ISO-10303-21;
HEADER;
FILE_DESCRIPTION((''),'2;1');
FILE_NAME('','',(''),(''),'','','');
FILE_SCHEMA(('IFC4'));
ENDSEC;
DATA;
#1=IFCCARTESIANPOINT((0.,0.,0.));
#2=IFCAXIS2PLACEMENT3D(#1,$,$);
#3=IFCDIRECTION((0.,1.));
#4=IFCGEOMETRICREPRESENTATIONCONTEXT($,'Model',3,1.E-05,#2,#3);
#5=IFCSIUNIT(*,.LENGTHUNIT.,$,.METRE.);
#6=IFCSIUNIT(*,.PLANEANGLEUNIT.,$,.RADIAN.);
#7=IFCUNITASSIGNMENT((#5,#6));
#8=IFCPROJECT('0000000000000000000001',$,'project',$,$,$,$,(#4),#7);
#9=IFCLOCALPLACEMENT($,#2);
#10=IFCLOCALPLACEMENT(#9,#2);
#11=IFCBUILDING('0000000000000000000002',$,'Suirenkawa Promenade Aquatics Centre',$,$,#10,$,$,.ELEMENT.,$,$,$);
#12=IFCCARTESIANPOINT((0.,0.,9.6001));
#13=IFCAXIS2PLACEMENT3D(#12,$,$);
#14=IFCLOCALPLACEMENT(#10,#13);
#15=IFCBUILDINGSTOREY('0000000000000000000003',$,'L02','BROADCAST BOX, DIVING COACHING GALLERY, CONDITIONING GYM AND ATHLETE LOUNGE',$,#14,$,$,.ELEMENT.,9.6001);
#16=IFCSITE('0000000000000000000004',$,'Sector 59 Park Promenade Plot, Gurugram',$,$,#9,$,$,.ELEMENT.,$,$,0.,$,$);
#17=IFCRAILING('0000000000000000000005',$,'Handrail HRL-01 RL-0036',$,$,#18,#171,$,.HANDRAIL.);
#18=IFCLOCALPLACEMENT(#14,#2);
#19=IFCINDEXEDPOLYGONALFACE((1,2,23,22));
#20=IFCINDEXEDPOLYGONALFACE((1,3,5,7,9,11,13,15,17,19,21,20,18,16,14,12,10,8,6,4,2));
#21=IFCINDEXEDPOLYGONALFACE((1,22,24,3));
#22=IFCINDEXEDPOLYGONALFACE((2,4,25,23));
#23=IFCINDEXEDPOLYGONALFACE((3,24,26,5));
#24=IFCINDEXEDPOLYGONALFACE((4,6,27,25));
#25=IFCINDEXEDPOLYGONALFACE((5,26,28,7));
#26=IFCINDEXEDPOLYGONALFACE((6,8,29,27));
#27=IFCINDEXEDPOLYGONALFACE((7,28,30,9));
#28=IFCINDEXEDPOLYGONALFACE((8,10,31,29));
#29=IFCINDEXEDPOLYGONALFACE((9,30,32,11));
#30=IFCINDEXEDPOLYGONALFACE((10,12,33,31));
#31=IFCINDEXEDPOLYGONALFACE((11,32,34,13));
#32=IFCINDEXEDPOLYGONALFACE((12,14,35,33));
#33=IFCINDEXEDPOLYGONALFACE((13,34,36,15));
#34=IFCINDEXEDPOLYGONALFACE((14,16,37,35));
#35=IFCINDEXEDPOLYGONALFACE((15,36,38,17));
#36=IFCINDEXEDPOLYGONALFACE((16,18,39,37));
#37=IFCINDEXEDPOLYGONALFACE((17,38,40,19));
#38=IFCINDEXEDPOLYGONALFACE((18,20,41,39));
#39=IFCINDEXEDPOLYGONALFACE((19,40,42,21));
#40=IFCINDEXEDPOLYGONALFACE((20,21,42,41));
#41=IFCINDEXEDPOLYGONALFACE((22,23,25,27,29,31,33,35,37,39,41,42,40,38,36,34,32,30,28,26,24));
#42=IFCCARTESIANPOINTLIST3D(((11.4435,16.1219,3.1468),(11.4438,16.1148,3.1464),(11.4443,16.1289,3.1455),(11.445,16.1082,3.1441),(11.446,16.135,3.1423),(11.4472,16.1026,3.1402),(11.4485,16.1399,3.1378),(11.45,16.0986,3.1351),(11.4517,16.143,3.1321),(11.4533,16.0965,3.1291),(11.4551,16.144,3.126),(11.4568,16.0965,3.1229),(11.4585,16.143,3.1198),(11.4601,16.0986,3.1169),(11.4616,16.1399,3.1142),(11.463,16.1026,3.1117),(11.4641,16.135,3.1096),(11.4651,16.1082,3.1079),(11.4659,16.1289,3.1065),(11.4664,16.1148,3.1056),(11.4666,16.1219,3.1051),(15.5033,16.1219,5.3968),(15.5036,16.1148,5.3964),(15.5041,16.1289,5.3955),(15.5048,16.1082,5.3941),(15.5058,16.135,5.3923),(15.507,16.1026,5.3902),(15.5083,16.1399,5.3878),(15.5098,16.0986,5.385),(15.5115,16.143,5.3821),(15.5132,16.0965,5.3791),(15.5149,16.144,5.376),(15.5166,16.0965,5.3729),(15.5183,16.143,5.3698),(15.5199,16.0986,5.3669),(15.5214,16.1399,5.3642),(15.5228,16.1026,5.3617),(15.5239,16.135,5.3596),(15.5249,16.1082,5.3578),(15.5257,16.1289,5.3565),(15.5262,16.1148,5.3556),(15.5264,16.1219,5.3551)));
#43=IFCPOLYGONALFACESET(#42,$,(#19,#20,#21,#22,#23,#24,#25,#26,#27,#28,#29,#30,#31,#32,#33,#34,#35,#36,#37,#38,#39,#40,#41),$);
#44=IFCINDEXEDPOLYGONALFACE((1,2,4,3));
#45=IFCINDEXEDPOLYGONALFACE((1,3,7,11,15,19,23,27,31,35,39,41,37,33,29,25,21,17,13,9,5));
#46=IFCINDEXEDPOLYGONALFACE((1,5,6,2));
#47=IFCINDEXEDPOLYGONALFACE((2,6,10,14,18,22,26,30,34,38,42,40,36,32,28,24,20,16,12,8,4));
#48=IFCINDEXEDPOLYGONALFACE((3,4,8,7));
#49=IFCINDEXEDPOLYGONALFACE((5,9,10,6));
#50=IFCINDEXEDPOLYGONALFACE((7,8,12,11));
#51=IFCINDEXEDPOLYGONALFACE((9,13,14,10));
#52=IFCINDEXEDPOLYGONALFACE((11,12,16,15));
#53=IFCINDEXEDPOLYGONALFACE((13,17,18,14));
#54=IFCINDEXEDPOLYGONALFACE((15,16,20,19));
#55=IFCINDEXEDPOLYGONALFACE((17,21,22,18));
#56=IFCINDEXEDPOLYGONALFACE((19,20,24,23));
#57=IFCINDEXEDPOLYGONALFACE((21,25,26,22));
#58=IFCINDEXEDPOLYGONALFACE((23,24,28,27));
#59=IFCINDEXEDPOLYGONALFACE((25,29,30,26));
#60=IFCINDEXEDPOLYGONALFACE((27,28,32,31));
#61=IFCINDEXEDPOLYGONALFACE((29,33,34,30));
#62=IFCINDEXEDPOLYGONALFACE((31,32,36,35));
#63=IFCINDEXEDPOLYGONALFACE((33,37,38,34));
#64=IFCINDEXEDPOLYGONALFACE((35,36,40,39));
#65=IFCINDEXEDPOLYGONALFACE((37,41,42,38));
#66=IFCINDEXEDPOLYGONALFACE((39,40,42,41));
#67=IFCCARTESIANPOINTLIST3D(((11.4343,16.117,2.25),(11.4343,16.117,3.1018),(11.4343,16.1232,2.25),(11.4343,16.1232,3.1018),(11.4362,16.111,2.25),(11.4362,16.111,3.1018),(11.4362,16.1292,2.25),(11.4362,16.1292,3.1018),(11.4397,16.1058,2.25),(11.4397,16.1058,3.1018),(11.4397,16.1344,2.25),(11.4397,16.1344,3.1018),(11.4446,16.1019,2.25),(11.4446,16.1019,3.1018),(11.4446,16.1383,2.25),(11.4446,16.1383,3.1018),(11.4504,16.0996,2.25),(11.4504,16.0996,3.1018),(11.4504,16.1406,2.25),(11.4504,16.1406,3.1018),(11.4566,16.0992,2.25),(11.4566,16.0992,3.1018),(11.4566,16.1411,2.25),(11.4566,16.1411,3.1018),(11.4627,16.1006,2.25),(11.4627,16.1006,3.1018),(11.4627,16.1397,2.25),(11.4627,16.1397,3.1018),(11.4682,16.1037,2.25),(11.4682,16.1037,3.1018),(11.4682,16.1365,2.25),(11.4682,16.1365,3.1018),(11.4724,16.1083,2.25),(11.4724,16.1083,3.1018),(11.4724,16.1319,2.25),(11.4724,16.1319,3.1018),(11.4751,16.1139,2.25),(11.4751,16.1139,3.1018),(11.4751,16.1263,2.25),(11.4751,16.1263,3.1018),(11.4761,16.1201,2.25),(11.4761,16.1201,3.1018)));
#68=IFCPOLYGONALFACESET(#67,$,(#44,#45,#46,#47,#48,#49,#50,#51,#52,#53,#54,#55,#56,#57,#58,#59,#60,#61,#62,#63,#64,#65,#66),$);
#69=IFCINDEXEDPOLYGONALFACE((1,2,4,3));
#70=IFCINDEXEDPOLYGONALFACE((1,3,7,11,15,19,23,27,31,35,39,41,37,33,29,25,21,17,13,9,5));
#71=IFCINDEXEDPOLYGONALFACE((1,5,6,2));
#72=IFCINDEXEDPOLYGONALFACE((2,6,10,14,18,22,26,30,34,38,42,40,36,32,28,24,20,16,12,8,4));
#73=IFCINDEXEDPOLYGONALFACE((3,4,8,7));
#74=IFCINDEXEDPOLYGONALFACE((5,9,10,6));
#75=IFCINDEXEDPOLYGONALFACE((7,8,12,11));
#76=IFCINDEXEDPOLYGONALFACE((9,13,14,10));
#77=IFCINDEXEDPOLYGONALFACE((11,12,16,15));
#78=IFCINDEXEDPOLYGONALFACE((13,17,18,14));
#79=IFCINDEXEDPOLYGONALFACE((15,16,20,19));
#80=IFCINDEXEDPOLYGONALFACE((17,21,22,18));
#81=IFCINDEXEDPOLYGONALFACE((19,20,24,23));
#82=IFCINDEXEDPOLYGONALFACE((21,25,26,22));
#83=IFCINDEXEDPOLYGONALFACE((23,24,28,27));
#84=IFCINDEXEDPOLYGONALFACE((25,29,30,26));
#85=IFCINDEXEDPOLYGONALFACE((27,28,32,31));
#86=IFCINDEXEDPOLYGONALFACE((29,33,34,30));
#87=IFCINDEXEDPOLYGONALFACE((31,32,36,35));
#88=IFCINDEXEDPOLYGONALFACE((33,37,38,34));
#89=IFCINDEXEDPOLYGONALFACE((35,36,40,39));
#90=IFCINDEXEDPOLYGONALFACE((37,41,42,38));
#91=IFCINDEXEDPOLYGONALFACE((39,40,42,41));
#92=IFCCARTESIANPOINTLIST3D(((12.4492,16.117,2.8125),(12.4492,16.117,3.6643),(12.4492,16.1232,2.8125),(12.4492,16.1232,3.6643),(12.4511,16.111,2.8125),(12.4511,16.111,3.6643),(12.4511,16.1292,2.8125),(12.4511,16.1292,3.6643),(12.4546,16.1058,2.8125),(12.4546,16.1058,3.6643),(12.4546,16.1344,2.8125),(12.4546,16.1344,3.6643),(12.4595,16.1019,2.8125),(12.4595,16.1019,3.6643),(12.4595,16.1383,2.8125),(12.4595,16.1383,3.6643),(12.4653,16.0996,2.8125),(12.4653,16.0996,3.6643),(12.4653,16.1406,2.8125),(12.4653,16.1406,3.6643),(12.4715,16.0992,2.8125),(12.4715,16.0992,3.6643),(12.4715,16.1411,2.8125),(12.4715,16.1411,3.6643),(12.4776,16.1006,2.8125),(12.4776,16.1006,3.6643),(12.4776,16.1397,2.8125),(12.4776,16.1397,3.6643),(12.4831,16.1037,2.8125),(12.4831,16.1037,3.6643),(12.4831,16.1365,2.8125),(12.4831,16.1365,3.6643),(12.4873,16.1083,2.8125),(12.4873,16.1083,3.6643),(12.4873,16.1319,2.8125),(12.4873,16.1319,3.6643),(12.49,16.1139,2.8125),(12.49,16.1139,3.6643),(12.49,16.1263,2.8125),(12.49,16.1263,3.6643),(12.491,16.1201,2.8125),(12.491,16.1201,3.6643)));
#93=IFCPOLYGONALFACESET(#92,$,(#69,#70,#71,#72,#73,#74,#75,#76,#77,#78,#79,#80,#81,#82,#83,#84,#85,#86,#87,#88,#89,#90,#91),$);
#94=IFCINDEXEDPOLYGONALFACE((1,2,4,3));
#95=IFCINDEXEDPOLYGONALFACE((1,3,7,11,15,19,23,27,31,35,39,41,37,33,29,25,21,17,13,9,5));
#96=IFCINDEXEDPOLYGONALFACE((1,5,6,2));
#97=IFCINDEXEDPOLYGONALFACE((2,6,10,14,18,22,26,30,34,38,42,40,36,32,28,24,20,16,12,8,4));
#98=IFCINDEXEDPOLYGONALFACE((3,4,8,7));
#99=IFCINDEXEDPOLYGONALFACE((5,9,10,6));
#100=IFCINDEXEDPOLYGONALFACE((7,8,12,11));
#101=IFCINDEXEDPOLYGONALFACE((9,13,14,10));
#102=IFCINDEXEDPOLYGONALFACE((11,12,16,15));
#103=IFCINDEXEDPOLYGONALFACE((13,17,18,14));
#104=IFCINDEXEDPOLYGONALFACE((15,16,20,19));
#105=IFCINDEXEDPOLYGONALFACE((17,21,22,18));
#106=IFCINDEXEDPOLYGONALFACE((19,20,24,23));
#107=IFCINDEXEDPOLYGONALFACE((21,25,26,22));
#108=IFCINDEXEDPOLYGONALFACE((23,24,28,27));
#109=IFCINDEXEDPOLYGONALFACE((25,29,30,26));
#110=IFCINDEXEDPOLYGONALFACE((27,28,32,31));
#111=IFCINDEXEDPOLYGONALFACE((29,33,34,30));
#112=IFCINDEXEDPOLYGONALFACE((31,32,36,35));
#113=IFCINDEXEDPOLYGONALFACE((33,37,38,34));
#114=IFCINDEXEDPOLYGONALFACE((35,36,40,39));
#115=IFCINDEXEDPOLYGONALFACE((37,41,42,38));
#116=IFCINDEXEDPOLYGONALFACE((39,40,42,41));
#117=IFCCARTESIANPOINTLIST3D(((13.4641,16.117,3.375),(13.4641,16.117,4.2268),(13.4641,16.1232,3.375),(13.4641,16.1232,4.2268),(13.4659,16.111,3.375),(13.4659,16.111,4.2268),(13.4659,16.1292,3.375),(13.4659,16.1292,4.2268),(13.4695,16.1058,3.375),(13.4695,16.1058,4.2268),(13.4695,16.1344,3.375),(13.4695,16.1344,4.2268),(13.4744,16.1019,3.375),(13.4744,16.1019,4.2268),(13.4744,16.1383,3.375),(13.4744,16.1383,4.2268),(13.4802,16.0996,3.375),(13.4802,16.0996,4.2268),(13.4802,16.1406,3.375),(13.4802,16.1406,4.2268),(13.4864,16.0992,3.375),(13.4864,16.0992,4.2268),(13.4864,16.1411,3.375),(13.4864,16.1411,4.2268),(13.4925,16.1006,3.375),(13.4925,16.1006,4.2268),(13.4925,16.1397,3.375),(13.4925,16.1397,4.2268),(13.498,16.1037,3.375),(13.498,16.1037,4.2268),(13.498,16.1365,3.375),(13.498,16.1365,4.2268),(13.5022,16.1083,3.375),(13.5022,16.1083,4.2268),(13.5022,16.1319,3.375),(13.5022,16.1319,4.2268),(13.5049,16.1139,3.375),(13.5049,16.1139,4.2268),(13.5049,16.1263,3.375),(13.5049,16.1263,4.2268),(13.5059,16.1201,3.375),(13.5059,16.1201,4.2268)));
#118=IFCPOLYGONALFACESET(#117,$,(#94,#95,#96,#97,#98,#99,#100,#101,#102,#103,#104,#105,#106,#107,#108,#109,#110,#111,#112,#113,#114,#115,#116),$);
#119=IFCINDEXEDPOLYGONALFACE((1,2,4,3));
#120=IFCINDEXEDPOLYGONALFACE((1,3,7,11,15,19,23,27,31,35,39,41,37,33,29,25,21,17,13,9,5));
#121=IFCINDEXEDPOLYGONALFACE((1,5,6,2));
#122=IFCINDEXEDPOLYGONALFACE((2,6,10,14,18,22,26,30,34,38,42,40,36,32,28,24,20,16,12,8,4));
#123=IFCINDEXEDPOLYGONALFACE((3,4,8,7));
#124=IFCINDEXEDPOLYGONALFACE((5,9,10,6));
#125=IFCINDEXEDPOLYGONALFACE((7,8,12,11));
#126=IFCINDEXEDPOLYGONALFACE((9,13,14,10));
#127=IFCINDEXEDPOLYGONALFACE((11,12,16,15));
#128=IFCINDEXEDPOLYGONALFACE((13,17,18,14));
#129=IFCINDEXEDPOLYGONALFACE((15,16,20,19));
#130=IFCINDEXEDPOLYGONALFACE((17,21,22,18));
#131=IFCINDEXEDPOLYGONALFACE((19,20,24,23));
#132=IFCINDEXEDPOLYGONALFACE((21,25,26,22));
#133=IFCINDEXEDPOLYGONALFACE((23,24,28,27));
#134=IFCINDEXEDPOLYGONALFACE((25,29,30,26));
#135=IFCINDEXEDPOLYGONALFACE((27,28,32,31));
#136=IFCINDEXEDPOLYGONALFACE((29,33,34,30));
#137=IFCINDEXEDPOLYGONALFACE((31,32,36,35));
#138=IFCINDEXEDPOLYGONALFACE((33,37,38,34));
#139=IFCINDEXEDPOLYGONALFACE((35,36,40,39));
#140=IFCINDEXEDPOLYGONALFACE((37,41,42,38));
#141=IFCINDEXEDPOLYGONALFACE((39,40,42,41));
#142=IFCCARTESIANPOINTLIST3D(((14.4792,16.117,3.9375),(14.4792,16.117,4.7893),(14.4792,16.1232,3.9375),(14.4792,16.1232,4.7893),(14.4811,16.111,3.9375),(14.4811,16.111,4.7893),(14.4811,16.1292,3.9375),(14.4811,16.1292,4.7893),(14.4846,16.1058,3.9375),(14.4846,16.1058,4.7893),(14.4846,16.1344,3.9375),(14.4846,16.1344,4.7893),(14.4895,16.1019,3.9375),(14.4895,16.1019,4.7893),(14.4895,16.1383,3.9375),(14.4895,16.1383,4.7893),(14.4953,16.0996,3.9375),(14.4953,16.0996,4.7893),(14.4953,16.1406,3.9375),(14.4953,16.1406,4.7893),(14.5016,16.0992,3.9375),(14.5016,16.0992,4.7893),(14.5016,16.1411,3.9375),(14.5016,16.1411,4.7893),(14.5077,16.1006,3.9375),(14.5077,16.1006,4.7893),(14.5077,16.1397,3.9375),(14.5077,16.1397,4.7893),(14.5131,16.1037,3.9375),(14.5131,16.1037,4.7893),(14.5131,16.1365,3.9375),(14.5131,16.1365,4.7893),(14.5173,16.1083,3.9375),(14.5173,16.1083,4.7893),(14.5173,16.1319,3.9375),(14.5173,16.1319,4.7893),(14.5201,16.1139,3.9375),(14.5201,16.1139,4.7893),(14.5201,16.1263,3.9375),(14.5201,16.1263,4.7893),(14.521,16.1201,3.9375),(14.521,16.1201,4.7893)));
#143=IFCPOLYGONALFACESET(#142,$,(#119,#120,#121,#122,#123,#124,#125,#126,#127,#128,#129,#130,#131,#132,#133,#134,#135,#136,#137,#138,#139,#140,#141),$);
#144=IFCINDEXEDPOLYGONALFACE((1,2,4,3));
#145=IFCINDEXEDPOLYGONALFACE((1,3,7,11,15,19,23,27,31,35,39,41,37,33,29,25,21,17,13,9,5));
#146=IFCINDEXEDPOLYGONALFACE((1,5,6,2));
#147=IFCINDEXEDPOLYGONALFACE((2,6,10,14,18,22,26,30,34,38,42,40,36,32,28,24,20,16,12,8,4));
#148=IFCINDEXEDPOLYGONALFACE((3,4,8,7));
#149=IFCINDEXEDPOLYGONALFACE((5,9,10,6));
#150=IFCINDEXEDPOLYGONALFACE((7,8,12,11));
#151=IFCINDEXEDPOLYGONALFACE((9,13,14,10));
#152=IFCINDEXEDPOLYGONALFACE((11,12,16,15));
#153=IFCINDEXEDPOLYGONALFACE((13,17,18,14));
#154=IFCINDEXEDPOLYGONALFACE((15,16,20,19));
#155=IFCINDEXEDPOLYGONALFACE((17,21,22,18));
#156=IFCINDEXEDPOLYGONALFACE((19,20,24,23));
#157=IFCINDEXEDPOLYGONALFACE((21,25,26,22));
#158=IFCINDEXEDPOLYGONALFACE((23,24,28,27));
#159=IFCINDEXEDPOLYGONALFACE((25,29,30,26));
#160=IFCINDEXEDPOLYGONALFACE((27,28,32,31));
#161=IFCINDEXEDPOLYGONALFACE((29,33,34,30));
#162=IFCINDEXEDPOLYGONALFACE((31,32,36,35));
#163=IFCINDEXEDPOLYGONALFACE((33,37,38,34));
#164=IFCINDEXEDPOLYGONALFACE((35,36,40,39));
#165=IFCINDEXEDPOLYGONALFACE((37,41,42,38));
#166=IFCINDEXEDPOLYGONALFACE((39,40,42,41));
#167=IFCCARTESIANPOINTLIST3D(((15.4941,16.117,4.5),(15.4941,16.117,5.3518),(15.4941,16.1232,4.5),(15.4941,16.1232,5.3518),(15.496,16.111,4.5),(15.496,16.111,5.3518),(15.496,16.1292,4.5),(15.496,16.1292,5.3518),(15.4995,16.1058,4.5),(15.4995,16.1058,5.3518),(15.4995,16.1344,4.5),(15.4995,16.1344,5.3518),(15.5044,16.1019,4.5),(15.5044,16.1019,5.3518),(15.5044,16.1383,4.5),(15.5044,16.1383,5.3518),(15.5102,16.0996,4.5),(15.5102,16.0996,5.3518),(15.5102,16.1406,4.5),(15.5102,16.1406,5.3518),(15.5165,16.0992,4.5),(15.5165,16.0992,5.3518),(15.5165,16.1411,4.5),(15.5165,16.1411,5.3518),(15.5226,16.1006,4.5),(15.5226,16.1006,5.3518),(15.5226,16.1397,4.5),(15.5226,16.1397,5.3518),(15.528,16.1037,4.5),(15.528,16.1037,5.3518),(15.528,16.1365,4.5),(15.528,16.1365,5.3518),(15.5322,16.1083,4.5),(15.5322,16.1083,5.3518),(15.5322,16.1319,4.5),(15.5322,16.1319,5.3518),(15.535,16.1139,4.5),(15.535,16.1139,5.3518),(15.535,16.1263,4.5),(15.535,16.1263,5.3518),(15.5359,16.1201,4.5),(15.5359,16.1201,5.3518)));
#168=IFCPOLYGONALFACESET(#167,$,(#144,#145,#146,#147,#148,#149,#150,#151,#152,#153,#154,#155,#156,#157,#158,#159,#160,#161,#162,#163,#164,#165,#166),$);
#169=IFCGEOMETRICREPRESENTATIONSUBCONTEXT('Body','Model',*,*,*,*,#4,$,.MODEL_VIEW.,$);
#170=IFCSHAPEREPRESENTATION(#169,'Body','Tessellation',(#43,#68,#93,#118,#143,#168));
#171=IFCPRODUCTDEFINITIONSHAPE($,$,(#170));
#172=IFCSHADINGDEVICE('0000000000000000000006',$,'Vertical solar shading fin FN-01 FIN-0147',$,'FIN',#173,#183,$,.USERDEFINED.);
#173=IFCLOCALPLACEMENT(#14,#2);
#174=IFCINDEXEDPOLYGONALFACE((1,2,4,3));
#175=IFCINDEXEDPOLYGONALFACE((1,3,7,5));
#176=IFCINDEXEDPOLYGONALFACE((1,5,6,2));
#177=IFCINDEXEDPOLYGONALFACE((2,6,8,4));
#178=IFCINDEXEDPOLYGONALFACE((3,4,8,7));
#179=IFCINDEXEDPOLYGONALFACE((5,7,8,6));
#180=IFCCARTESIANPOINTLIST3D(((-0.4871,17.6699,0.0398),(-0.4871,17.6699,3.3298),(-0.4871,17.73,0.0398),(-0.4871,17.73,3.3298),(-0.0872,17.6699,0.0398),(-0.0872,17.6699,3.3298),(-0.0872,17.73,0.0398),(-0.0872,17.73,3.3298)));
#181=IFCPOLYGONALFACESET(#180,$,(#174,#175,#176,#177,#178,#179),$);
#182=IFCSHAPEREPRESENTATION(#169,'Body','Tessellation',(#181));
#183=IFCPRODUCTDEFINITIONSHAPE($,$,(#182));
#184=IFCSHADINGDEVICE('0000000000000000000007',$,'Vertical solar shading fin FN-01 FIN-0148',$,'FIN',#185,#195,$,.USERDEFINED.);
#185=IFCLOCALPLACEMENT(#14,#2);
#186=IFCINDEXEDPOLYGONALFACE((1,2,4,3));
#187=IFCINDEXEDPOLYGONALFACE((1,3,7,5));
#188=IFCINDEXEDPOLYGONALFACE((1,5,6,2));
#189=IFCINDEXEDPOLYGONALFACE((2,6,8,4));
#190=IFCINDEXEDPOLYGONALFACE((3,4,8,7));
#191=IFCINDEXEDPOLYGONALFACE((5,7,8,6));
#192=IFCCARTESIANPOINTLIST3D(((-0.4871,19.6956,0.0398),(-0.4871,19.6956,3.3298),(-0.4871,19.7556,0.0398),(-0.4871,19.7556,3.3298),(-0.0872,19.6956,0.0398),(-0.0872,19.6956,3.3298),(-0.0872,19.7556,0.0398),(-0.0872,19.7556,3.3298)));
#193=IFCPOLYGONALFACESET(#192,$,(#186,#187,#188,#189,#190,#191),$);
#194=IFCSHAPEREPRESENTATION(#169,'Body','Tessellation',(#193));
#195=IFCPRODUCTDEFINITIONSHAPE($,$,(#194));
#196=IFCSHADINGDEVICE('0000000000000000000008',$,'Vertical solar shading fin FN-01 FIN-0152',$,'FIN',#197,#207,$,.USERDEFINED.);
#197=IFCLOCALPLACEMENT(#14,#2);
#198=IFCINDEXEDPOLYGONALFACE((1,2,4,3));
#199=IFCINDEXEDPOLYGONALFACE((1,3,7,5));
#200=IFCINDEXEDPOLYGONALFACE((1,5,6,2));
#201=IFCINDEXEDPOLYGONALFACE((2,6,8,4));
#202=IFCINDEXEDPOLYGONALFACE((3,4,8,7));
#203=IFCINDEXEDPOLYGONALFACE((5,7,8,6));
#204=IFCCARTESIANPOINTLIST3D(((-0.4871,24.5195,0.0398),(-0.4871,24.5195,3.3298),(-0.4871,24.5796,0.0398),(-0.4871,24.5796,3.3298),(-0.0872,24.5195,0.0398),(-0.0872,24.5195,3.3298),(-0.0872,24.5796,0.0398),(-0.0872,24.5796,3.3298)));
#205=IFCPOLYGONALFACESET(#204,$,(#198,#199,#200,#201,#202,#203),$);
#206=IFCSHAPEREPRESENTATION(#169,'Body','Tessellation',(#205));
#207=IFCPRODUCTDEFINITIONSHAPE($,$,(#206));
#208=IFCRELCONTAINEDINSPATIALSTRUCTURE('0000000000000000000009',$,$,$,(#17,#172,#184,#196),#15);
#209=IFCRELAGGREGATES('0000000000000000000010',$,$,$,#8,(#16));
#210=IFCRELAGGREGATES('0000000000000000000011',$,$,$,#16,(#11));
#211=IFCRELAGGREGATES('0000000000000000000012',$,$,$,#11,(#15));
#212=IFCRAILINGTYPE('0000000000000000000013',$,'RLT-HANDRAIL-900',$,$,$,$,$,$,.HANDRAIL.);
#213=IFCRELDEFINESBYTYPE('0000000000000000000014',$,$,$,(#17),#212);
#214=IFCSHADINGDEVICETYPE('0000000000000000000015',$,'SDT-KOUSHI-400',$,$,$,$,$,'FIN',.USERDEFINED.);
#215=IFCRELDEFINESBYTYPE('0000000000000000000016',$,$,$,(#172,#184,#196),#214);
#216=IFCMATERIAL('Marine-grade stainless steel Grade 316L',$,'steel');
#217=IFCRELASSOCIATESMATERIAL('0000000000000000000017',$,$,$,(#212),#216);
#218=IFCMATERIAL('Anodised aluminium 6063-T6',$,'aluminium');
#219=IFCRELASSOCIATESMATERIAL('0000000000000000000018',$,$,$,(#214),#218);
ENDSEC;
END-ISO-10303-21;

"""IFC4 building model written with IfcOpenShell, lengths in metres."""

from ifc_helpers import new_model, si_unit, direction, frame, origin, origin_2d, place, context, subcontext, project, spatial, rectangle, circle, extrude, material, type_object, element, save


model = new_model("IFC4")

# Units and contexts
model_context = context("Model", 3, precision=1e-05, world=origin(), true_north=direction((0.0, 1.0)))
body_context = subcontext(model_context, "Body", "Model", "MODEL_VIEW")
ifc_project = project(units=[si_unit("LENGTHUNIT", "METRE"), si_unit("PLANEANGLEUNIT", "RADIAN")], contexts=[model_context])

# Site, building, storey
site_placement = place(None, origin())
site = spatial("IfcSite", under=ifc_project, at=site_placement, Name="Sector 59 Park Promenade Plot, Gurugram", CompositionType="ELEMENT", RefElevation=0.0)
building_placement = place(site_placement, origin())
building = spatial("IfcBuilding", under=site, at=building_placement, Name="Suirenkawa Promenade Aquatics Centre", CompositionType="ELEMENT")
storey_placement = place(building_placement, frame((0.0, 0.0, 9.6001)))
storey = spatial("IfcBuildingStorey", under=building, at=storey_placement, Name="L02", Description="BROADCAST BOX, DIVING COACHING GALLERY, CONDITIONING GYM AND ATHLETE LOUNGE", CompositionType="ELEMENT", Elevation=9.6001)

# Shared definitions
ifc_material_1 = material(Name="Anodised aluminium 6063-T6", Category="aluminium")

# Railing
ifc_material_2 = material(Name="Marine-grade stainless steel Grade 316L", Category="steel")
railing_type_1 = type_object("IfcRailingType", Name="RLT-HANDRAIL-900", PredefinedType="HANDRAIL", material=ifc_material_2)
railing_1_placement = place(storey_placement, frame((11.4551, 16.1201, 2.25)))
element("IfcRailing", 1, at=railing_1_placement, inside=storey, type_object=railing_type_1, Name="Handrail HRL-01 RL-0036", PredefinedType="HANDRAIL", context=body_context, shape_type="SweptSolid", body=[
    extrude(circle(Radius=0.0239, at=origin_2d()), frame((0.0, 0.0, 0.876), z_axis=(0.874656, 0.0, 0.484745), x_axis=(0.0, 1.0, 0.0)), (0.0, 0.0, 1.0), 4.6416),
    extrude(circle(Radius=0.021, at=origin_2d()), origin(), (0.0, 0.0, 1.0), 0.8518),
    extrude(circle(Radius=0.021, at=origin_2d()), frame((1.0149, 0.0, 0.5625)), (0.0, 0.0, 1.0), 0.8518),
    extrude(circle(Radius=0.021, at=origin_2d()), frame((2.0298, 0.0, 1.125)), (0.0, 0.0, 1.0), 0.8518),
    extrude(circle(Radius=0.021, at=origin_2d()), frame((3.0449, 0.0, 1.6875)), (0.0, 0.0, 1.0), 0.8518),
    extrude(circle(Radius=0.021, at=origin_2d()), frame((4.0598, 0.0, 2.25)), (0.0, 0.0, 1.0), 0.8518),
])

# Shading devices
shading_device_type = type_object("IfcShadingDeviceType", Name="SDT-KOUSHI-400", ElementType="FIN", PredefinedType="USERDEFINED", material=ifc_material_1)
for number, where, z_axis, x_axis, name in (
    (2, (-0.2871, 17.7, 0.0398), (0.0, 0.0, 1.0), (-1.0, 0.0, 0.0), "Vertical solar shading fin FN-01 FIN-0147"),
    (3, (-0.2871, 19.7256, 0.0398), (0.0, 0.0, 1.0), (-1.0, 0.0, 0.0), "Vertical solar shading fin FN-01 FIN-0148"),
    (4, (-0.2871, 24.5496, 0.0398), (0.0, 0.0, 1.0), (-1.0, 0.0, 0.0), "Vertical solar shading fin FN-01 FIN-0152"),
):
    element("IfcShadingDevice", number, at=place(storey_placement, frame(where, z_axis=z_axis, x_axis=x_axis)), inside=storey, type_object=shading_device_type, Name=name, ObjectType="FIN", PredefinedType="USERDEFINED", context=body_context, shape_type="SweptSolid", body=[
        extrude(rectangle(XDim=0.3999, YDim=0.0601, at=origin_2d()), origin(), (0.0, 0.0, 1.0), 3.29),
    ])

save(model, "model.ifc")
